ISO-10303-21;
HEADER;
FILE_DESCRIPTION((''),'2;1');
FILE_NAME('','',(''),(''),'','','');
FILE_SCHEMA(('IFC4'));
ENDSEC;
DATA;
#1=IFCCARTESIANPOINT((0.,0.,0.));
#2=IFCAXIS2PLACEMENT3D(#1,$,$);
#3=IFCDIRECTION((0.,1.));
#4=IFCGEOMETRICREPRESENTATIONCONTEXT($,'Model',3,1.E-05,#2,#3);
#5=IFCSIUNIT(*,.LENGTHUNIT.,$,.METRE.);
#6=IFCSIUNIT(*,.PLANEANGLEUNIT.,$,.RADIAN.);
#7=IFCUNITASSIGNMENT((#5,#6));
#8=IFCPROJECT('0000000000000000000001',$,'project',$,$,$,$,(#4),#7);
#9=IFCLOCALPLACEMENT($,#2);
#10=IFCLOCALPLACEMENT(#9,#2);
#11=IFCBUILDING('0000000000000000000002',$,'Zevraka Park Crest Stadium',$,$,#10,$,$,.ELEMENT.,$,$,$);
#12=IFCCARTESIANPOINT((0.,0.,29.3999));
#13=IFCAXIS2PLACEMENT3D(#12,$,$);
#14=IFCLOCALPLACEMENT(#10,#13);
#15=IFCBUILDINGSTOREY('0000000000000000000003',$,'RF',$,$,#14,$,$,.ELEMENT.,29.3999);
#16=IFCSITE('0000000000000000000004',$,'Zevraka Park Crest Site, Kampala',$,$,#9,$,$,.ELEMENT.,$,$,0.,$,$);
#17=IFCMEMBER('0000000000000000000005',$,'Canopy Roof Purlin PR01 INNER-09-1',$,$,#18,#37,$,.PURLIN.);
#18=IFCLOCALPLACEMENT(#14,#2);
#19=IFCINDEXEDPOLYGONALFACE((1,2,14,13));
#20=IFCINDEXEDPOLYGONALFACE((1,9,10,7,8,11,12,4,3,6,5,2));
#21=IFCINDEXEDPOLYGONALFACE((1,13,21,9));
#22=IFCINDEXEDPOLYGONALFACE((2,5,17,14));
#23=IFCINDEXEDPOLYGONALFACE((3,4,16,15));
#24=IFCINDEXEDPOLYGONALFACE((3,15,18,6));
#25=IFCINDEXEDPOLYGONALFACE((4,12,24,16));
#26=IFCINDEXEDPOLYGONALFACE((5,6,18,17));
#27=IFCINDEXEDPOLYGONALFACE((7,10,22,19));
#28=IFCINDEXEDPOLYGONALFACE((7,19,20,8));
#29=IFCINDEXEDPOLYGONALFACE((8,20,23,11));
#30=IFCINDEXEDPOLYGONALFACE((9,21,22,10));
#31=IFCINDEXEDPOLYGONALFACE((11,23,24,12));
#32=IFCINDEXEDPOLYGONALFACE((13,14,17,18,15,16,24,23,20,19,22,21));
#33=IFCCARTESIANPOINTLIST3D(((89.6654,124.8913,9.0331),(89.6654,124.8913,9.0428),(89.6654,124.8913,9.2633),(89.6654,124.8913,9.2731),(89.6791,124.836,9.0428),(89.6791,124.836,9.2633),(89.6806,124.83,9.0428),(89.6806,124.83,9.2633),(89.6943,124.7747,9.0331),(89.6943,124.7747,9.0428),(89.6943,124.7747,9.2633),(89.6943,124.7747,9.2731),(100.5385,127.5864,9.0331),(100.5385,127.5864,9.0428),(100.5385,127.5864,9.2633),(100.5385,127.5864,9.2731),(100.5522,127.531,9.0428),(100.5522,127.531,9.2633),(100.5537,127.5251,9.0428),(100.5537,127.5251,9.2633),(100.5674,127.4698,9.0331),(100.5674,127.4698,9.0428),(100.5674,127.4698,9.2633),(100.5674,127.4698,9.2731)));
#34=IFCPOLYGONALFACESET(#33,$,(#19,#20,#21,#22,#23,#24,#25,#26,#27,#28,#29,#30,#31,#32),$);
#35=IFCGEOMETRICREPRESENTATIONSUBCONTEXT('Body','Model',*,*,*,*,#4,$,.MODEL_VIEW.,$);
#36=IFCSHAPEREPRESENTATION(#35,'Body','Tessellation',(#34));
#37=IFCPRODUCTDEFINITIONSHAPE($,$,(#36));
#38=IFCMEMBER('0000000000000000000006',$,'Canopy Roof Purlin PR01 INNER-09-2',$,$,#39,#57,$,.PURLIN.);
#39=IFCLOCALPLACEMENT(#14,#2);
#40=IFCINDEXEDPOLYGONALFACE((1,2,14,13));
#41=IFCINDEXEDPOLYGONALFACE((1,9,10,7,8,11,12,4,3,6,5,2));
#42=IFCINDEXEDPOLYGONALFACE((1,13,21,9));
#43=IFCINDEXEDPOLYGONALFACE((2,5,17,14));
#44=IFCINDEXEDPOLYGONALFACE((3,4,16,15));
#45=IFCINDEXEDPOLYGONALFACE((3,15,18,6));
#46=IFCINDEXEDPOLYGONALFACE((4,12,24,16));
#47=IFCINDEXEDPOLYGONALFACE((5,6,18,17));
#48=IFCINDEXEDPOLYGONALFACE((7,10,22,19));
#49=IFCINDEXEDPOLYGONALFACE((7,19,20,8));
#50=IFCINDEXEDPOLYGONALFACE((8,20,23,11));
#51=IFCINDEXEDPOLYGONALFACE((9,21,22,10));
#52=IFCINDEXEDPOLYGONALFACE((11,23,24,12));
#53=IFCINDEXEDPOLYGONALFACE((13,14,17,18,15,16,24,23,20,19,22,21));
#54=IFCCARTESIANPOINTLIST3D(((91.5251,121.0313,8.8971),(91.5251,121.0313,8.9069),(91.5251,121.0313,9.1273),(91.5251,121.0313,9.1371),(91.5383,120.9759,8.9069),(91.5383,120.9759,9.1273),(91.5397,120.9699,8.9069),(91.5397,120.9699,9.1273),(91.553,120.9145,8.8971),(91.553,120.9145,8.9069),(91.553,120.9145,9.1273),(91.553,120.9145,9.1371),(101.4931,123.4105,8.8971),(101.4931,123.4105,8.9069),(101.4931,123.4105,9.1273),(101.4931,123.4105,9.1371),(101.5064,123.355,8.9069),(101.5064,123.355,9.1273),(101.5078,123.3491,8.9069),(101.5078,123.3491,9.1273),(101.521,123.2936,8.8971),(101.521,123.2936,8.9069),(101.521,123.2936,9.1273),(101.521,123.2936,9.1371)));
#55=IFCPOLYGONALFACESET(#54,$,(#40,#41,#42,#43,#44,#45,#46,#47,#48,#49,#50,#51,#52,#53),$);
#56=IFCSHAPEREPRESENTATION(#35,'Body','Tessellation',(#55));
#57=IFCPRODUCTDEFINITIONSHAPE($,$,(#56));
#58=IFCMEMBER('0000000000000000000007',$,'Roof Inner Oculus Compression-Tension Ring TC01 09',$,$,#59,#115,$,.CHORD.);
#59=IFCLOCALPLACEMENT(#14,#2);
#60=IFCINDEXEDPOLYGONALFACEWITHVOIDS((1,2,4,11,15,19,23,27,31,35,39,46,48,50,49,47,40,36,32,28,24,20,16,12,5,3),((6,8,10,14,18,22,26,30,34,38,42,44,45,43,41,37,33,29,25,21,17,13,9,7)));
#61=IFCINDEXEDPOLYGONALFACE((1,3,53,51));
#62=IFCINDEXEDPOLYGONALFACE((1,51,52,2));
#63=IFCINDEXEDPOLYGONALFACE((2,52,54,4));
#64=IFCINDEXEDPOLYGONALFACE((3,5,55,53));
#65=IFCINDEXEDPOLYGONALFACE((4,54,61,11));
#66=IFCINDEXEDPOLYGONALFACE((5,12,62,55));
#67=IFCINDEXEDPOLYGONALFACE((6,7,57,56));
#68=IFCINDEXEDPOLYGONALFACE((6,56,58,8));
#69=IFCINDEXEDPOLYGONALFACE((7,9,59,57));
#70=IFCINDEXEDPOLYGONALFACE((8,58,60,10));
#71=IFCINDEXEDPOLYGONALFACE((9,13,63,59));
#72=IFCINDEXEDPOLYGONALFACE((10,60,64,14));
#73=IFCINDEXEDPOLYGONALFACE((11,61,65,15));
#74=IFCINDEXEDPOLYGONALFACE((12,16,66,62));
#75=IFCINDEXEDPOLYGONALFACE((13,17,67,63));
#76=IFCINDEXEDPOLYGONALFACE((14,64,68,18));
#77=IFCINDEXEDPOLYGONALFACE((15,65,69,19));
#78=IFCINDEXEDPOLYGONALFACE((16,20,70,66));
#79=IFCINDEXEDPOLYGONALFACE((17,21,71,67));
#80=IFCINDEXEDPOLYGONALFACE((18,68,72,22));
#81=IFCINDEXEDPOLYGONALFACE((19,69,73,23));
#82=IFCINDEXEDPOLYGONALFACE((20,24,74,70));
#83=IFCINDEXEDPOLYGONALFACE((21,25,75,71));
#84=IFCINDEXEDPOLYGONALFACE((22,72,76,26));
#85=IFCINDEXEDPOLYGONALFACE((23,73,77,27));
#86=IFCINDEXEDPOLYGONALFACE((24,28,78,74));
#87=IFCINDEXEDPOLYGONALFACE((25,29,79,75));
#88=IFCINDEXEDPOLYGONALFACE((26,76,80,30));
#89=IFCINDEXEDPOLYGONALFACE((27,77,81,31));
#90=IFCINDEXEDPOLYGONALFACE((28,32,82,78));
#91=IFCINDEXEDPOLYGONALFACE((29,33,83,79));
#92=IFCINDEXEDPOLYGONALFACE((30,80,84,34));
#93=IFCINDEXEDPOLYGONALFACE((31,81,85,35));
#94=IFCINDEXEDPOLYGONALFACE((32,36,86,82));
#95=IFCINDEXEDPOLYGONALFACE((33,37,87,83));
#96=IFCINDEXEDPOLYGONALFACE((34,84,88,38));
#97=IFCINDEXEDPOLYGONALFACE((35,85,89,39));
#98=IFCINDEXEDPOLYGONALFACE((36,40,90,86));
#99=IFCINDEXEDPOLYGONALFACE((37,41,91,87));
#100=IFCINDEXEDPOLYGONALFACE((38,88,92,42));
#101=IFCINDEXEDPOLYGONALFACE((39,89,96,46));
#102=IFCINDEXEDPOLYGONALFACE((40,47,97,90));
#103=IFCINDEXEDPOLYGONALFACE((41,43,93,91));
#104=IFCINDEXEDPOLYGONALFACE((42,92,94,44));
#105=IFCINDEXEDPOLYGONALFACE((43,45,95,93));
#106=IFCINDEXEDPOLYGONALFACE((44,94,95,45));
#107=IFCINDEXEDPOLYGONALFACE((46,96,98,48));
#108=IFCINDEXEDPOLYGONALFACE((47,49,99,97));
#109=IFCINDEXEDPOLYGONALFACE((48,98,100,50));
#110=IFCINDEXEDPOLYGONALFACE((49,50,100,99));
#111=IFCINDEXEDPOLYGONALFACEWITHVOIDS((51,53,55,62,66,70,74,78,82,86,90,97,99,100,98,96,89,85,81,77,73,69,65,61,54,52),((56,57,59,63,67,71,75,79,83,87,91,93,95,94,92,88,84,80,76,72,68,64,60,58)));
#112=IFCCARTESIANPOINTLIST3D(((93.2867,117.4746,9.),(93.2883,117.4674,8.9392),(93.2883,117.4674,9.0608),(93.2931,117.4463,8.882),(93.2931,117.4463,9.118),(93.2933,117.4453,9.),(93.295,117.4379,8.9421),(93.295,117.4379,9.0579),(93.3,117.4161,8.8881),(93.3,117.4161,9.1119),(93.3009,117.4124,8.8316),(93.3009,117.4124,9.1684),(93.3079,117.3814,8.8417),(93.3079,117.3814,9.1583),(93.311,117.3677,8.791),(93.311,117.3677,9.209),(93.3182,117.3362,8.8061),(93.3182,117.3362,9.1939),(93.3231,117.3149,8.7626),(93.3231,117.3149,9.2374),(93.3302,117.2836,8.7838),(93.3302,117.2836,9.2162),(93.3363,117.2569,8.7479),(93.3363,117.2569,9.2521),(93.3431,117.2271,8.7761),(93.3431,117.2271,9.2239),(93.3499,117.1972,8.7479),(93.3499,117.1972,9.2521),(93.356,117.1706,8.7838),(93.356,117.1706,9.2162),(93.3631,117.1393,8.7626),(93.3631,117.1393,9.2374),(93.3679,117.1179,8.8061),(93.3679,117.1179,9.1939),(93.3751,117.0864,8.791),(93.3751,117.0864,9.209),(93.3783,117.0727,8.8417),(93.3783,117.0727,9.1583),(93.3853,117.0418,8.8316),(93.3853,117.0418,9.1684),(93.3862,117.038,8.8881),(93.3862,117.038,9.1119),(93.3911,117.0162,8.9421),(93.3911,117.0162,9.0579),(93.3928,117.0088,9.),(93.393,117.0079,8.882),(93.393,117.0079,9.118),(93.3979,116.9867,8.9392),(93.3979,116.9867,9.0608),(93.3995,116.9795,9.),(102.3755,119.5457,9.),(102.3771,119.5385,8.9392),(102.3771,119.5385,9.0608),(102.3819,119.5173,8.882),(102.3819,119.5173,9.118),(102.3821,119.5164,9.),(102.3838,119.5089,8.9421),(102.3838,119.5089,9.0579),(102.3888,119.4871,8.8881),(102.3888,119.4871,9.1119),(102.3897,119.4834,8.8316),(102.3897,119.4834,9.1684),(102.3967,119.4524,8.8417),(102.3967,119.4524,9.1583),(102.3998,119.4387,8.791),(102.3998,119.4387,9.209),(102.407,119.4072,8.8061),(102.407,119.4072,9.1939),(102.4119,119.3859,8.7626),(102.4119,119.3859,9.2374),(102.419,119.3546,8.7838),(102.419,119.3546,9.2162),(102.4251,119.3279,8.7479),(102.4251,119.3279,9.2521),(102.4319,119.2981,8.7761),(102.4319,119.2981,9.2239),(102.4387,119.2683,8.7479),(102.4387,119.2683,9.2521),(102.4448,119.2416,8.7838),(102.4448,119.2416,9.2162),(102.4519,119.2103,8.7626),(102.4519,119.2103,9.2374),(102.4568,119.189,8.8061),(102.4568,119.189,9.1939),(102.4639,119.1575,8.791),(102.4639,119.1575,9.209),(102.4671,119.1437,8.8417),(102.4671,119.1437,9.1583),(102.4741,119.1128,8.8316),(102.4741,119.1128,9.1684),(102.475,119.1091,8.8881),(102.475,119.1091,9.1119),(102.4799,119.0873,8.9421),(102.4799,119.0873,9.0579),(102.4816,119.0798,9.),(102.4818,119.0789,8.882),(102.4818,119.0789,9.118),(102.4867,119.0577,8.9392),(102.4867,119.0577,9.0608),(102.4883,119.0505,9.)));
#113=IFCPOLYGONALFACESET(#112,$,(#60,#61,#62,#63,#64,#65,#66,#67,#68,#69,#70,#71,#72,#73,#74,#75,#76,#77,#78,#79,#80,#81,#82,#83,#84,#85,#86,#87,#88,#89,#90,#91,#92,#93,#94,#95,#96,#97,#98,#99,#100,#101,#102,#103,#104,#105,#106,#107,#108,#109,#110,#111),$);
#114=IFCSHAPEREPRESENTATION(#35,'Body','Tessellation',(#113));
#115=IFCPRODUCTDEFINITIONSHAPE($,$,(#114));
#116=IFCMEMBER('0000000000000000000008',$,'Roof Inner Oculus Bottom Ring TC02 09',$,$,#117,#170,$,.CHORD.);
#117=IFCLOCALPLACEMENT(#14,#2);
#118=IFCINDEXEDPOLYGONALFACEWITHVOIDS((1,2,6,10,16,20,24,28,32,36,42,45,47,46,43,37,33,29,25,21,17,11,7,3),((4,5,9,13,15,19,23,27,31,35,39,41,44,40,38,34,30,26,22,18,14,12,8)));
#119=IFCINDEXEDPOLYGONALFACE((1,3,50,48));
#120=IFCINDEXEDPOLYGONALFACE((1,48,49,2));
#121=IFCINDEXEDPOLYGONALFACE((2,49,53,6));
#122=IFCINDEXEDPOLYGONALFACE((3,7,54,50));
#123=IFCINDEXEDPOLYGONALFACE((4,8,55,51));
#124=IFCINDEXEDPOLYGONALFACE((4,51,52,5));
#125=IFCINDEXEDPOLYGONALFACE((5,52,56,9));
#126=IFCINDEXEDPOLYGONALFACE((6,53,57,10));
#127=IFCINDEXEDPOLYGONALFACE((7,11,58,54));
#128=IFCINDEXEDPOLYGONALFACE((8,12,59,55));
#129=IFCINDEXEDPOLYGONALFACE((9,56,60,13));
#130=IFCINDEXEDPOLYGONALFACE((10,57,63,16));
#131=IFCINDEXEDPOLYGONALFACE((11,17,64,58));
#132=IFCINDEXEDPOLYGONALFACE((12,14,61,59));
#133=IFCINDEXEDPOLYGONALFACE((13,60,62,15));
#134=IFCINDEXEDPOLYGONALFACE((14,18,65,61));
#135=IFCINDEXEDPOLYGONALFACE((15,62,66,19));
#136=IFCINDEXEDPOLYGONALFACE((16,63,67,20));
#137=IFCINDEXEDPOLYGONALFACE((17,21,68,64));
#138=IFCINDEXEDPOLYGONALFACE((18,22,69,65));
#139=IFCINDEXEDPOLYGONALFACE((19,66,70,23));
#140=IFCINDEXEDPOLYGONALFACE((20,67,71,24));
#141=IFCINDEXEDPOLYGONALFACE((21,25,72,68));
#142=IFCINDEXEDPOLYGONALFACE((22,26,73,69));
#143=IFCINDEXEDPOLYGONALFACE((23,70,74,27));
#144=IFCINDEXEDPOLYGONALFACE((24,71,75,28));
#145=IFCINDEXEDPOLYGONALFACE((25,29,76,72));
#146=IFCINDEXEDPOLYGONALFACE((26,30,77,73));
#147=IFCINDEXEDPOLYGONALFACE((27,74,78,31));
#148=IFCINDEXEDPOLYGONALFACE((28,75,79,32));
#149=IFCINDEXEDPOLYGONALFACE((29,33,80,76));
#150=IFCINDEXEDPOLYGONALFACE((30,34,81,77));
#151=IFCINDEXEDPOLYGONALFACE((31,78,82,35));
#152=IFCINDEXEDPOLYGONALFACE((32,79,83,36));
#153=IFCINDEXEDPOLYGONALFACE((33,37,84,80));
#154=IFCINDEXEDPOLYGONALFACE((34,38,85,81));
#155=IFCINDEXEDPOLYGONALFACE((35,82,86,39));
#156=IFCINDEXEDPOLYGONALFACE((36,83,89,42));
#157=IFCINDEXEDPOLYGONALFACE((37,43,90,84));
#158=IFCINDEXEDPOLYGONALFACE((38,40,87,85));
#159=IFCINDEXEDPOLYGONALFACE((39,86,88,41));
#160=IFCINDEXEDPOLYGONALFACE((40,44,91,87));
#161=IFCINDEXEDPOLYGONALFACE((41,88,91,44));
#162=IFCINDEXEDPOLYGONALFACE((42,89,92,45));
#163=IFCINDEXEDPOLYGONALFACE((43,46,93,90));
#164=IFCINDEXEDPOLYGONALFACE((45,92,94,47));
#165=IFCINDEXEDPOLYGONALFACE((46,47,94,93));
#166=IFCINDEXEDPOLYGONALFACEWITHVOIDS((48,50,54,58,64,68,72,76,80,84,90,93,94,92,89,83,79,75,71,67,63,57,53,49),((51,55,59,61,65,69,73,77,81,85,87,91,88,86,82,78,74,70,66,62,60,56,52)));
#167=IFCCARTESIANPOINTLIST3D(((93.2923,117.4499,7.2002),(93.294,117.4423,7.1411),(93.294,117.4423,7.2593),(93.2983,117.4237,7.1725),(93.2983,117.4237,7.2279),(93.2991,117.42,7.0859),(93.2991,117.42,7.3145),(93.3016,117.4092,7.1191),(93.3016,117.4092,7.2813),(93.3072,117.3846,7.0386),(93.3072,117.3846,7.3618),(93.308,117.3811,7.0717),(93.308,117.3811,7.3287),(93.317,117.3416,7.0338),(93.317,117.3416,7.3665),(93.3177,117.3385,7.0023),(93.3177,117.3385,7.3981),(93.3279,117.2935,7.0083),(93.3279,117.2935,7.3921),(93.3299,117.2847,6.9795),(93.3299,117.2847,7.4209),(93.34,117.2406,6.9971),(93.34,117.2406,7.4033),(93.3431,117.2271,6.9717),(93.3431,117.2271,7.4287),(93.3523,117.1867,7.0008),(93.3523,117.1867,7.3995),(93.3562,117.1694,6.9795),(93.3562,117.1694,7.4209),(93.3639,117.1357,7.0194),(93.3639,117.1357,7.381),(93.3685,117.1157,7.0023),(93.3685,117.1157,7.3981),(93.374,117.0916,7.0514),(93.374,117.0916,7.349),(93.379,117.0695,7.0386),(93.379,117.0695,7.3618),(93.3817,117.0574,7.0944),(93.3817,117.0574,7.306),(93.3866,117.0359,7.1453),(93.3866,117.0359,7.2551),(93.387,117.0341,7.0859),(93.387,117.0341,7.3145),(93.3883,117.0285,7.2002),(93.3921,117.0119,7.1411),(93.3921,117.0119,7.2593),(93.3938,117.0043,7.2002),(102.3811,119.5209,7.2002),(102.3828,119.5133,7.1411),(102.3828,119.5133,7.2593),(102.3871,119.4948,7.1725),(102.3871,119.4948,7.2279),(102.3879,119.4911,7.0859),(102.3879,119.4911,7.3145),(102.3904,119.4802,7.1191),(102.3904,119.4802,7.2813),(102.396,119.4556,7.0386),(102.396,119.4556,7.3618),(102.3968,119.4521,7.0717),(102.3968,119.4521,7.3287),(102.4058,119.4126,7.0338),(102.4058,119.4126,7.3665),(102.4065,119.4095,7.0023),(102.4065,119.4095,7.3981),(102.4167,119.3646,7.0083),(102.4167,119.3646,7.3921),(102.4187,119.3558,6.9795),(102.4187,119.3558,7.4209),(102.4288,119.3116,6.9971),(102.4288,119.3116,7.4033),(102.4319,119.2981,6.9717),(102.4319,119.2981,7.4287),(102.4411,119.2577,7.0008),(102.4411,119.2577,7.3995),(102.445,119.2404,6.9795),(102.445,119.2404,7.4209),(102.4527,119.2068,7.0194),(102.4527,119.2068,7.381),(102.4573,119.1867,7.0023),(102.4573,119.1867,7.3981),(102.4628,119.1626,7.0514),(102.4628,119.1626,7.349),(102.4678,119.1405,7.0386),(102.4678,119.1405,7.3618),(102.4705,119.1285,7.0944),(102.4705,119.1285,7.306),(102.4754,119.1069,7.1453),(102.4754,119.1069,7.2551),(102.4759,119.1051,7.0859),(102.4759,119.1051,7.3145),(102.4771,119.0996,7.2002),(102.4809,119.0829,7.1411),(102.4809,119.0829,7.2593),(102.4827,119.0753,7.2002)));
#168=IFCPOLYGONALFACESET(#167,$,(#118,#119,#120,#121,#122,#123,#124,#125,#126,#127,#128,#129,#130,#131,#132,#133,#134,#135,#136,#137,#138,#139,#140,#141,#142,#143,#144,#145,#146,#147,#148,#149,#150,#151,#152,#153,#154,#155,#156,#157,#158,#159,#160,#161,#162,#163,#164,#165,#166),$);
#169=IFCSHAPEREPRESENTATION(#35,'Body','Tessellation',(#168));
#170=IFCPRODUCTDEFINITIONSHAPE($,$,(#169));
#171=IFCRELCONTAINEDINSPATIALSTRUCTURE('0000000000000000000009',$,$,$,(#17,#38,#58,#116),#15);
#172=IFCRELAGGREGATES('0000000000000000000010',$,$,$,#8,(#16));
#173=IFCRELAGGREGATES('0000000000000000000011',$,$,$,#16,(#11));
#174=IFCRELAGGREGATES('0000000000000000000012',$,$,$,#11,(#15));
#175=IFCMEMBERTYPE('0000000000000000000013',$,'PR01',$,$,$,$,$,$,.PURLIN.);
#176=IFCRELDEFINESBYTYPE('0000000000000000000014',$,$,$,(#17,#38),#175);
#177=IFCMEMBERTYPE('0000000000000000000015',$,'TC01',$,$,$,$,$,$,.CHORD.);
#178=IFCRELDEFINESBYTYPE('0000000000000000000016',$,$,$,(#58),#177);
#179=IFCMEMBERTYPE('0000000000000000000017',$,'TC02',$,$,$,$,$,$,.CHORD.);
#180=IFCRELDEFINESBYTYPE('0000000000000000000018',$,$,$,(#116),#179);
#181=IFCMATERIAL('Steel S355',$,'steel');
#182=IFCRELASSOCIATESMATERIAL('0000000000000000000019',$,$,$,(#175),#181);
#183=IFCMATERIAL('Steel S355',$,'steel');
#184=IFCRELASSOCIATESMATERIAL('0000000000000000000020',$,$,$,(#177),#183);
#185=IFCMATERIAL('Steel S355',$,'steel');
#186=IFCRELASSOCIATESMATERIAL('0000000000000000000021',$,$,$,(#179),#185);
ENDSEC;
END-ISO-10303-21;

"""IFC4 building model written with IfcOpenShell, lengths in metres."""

from ifc_helpers import new_model, si_unit, direction, frame, origin, origin_2d, place, context, subcontext, project, spatial, hollow_circle, i_section, extrude, material, material_profile, profile_set, type_object, element, save


model = new_model("IFC4")

# Units and contexts
model_context = context("Model", 3, precision=1e-05, world=origin(), true_north=direction((0.0, 1.0)))
body_context = subcontext(model_context, "Body", "Model", "MODEL_VIEW")
ifc_project = project(units=[si_unit("LENGTHUNIT", "METRE"), si_unit("PLANEANGLEUNIT", "RADIAN")], contexts=[model_context])

# Site, building, storey
site_placement = place(None, origin())
site = spatial("IfcSite", under=ifc_project, at=site_placement, Name="Zevraka Park Crest Site, Kampala", CompositionType="ELEMENT", RefElevation=0.0)
building_placement = place(site_placement, origin())
building = spatial("IfcBuilding", under=site, at=building_placement, Name="Zevraka Park Crest Stadium", CompositionType="ELEMENT")
storey_placement = place(building_placement, frame((0.0, 0.0, 29.3999)))
storey = spatial("IfcBuildingStorey", under=building, at=storey_placement, Name="RF", CompositionType="ELEMENT", Elevation=29.3999)

# Members
ifc_material_1 = material(Name="Steel S355", Category="steel")
ifc_material_profile_1 = material_profile(ifc_material_1, i_section(OverallWidth=0.1201, OverallDepth=0.24, WebThickness=0.0061, FlangeThickness=0.0098, at=origin_2d()), Name="IPE 240")
ifc_profile_set_1 = profile_set([ifc_material_profile_1], Name="Steel S355")
member_type_1 = type_object("IfcMemberType", Name="PR01", PredefinedType="PURLIN", material=ifc_profile_set_1)
member_1_placement = place(storey_placement, frame((100.553, 127.5281, 9.1531), z_axis=(-0.970628, -0.240586, 0.0), x_axis=(0.240586, -0.970628, 0.0)))
element("IfcMember", 1, at=member_1_placement, inside=storey, type_object=member_type_1, Name="Canopy Roof Purlin PR01 INNER-09-1", PredefinedType="PURLIN", context=body_context, shape_type="SweptSolid", body=[
    extrude(i_section(OverallWidth=0.1201, OverallDepth=0.24, WebThickness=0.0061, FlangeThickness=0.0098, at=origin_2d()), origin(), (0.0, 0.0, 1.0), 11.2021),
])
member_2_placement = place(storey_placement, frame((101.5071, 123.3521, 9.0171), z_axis=(-0.972678, -0.232157, 0.0), x_axis=(0.232157, -0.972678, 0.0)))
element("IfcMember", 2, at=member_2_placement, inside=storey, type_object=member_type_1, Name="Canopy Roof Purlin PR01 INNER-09-2", PredefinedType="PURLIN", context=body_context, shape_type="SweptSolid", body=[
    extrude(i_section(OverallWidth=0.1201, OverallDepth=0.24, WebThickness=0.0061, FlangeThickness=0.0098, at=origin_2d()), origin(), (0.0, 0.0, 1.0), 10.248),
])
ifc_material_2 = material(Name="Steel S355", Category="steel")
ifc_material_profile_2 = material_profile(ifc_material_2, hollow_circle(Radius=0.2539, WallThickness=0.03, at=origin_2d()), Name="CHS 508.0x30")
ifc_profile_set_2 = profile_set([ifc_material_profile_2], Name="Steel S355")
member_type_2 = type_object("IfcMemberType", Name="TC01", PredefinedType="CHORD", material=ifc_profile_set_2)
member_3_placement = place(storey_placement, frame((102.4319, 119.2981, 9.0), z_axis=(-0.975008, -0.222171, 0.0), x_axis=(0.222171, -0.975008, 0.0)))
element("IfcMember", 3, at=member_3_placement, inside=storey, type_object=member_type_2, Name="Roof Inner Oculus Compression-Tension Ring TC01 09", PredefinedType="CHORD", context=body_context, shape_type="SweptSolid", body=[
    extrude(hollow_circle(Radius=0.2539, WallThickness=0.03, at=origin_2d()), origin(), (0.0, 0.0, 1.0), 9.3218),
])
ifc_material_3 = material(Name="Steel S355", Category="steel")
ifc_material_profile_3 = material_profile(ifc_material_3, hollow_circle(Radius=0.2285, WallThickness=0.0249, at=origin_2d()), Name="CHS 457.0x25")
ifc_profile_set_3 = profile_set([ifc_material_profile_3], Name="Steel S355")
member_type_3 = type_object("IfcMemberType", Name="TC02", PredefinedType="CHORD", material=ifc_profile_set_3)
member_4_placement = place(storey_placement, frame((102.4319, 119.2981, 7.2002), z_axis=(-0.975008, -0.222171, 0.0), x_axis=(0.222171, -0.975008, 0.0)))
element("IfcMember", 4, at=member_4_placement, inside=storey, type_object=member_type_3, Name="Roof Inner Oculus Bottom Ring TC02 09", PredefinedType="CHORD", context=body_context, shape_type="SweptSolid", body=[
    extrude(hollow_circle(Radius=0.2285, WallThickness=0.0249, at=origin_2d()), origin(), (0.0, 0.0, 1.0), 9.3218),
])

save(model, "model.ifc")
